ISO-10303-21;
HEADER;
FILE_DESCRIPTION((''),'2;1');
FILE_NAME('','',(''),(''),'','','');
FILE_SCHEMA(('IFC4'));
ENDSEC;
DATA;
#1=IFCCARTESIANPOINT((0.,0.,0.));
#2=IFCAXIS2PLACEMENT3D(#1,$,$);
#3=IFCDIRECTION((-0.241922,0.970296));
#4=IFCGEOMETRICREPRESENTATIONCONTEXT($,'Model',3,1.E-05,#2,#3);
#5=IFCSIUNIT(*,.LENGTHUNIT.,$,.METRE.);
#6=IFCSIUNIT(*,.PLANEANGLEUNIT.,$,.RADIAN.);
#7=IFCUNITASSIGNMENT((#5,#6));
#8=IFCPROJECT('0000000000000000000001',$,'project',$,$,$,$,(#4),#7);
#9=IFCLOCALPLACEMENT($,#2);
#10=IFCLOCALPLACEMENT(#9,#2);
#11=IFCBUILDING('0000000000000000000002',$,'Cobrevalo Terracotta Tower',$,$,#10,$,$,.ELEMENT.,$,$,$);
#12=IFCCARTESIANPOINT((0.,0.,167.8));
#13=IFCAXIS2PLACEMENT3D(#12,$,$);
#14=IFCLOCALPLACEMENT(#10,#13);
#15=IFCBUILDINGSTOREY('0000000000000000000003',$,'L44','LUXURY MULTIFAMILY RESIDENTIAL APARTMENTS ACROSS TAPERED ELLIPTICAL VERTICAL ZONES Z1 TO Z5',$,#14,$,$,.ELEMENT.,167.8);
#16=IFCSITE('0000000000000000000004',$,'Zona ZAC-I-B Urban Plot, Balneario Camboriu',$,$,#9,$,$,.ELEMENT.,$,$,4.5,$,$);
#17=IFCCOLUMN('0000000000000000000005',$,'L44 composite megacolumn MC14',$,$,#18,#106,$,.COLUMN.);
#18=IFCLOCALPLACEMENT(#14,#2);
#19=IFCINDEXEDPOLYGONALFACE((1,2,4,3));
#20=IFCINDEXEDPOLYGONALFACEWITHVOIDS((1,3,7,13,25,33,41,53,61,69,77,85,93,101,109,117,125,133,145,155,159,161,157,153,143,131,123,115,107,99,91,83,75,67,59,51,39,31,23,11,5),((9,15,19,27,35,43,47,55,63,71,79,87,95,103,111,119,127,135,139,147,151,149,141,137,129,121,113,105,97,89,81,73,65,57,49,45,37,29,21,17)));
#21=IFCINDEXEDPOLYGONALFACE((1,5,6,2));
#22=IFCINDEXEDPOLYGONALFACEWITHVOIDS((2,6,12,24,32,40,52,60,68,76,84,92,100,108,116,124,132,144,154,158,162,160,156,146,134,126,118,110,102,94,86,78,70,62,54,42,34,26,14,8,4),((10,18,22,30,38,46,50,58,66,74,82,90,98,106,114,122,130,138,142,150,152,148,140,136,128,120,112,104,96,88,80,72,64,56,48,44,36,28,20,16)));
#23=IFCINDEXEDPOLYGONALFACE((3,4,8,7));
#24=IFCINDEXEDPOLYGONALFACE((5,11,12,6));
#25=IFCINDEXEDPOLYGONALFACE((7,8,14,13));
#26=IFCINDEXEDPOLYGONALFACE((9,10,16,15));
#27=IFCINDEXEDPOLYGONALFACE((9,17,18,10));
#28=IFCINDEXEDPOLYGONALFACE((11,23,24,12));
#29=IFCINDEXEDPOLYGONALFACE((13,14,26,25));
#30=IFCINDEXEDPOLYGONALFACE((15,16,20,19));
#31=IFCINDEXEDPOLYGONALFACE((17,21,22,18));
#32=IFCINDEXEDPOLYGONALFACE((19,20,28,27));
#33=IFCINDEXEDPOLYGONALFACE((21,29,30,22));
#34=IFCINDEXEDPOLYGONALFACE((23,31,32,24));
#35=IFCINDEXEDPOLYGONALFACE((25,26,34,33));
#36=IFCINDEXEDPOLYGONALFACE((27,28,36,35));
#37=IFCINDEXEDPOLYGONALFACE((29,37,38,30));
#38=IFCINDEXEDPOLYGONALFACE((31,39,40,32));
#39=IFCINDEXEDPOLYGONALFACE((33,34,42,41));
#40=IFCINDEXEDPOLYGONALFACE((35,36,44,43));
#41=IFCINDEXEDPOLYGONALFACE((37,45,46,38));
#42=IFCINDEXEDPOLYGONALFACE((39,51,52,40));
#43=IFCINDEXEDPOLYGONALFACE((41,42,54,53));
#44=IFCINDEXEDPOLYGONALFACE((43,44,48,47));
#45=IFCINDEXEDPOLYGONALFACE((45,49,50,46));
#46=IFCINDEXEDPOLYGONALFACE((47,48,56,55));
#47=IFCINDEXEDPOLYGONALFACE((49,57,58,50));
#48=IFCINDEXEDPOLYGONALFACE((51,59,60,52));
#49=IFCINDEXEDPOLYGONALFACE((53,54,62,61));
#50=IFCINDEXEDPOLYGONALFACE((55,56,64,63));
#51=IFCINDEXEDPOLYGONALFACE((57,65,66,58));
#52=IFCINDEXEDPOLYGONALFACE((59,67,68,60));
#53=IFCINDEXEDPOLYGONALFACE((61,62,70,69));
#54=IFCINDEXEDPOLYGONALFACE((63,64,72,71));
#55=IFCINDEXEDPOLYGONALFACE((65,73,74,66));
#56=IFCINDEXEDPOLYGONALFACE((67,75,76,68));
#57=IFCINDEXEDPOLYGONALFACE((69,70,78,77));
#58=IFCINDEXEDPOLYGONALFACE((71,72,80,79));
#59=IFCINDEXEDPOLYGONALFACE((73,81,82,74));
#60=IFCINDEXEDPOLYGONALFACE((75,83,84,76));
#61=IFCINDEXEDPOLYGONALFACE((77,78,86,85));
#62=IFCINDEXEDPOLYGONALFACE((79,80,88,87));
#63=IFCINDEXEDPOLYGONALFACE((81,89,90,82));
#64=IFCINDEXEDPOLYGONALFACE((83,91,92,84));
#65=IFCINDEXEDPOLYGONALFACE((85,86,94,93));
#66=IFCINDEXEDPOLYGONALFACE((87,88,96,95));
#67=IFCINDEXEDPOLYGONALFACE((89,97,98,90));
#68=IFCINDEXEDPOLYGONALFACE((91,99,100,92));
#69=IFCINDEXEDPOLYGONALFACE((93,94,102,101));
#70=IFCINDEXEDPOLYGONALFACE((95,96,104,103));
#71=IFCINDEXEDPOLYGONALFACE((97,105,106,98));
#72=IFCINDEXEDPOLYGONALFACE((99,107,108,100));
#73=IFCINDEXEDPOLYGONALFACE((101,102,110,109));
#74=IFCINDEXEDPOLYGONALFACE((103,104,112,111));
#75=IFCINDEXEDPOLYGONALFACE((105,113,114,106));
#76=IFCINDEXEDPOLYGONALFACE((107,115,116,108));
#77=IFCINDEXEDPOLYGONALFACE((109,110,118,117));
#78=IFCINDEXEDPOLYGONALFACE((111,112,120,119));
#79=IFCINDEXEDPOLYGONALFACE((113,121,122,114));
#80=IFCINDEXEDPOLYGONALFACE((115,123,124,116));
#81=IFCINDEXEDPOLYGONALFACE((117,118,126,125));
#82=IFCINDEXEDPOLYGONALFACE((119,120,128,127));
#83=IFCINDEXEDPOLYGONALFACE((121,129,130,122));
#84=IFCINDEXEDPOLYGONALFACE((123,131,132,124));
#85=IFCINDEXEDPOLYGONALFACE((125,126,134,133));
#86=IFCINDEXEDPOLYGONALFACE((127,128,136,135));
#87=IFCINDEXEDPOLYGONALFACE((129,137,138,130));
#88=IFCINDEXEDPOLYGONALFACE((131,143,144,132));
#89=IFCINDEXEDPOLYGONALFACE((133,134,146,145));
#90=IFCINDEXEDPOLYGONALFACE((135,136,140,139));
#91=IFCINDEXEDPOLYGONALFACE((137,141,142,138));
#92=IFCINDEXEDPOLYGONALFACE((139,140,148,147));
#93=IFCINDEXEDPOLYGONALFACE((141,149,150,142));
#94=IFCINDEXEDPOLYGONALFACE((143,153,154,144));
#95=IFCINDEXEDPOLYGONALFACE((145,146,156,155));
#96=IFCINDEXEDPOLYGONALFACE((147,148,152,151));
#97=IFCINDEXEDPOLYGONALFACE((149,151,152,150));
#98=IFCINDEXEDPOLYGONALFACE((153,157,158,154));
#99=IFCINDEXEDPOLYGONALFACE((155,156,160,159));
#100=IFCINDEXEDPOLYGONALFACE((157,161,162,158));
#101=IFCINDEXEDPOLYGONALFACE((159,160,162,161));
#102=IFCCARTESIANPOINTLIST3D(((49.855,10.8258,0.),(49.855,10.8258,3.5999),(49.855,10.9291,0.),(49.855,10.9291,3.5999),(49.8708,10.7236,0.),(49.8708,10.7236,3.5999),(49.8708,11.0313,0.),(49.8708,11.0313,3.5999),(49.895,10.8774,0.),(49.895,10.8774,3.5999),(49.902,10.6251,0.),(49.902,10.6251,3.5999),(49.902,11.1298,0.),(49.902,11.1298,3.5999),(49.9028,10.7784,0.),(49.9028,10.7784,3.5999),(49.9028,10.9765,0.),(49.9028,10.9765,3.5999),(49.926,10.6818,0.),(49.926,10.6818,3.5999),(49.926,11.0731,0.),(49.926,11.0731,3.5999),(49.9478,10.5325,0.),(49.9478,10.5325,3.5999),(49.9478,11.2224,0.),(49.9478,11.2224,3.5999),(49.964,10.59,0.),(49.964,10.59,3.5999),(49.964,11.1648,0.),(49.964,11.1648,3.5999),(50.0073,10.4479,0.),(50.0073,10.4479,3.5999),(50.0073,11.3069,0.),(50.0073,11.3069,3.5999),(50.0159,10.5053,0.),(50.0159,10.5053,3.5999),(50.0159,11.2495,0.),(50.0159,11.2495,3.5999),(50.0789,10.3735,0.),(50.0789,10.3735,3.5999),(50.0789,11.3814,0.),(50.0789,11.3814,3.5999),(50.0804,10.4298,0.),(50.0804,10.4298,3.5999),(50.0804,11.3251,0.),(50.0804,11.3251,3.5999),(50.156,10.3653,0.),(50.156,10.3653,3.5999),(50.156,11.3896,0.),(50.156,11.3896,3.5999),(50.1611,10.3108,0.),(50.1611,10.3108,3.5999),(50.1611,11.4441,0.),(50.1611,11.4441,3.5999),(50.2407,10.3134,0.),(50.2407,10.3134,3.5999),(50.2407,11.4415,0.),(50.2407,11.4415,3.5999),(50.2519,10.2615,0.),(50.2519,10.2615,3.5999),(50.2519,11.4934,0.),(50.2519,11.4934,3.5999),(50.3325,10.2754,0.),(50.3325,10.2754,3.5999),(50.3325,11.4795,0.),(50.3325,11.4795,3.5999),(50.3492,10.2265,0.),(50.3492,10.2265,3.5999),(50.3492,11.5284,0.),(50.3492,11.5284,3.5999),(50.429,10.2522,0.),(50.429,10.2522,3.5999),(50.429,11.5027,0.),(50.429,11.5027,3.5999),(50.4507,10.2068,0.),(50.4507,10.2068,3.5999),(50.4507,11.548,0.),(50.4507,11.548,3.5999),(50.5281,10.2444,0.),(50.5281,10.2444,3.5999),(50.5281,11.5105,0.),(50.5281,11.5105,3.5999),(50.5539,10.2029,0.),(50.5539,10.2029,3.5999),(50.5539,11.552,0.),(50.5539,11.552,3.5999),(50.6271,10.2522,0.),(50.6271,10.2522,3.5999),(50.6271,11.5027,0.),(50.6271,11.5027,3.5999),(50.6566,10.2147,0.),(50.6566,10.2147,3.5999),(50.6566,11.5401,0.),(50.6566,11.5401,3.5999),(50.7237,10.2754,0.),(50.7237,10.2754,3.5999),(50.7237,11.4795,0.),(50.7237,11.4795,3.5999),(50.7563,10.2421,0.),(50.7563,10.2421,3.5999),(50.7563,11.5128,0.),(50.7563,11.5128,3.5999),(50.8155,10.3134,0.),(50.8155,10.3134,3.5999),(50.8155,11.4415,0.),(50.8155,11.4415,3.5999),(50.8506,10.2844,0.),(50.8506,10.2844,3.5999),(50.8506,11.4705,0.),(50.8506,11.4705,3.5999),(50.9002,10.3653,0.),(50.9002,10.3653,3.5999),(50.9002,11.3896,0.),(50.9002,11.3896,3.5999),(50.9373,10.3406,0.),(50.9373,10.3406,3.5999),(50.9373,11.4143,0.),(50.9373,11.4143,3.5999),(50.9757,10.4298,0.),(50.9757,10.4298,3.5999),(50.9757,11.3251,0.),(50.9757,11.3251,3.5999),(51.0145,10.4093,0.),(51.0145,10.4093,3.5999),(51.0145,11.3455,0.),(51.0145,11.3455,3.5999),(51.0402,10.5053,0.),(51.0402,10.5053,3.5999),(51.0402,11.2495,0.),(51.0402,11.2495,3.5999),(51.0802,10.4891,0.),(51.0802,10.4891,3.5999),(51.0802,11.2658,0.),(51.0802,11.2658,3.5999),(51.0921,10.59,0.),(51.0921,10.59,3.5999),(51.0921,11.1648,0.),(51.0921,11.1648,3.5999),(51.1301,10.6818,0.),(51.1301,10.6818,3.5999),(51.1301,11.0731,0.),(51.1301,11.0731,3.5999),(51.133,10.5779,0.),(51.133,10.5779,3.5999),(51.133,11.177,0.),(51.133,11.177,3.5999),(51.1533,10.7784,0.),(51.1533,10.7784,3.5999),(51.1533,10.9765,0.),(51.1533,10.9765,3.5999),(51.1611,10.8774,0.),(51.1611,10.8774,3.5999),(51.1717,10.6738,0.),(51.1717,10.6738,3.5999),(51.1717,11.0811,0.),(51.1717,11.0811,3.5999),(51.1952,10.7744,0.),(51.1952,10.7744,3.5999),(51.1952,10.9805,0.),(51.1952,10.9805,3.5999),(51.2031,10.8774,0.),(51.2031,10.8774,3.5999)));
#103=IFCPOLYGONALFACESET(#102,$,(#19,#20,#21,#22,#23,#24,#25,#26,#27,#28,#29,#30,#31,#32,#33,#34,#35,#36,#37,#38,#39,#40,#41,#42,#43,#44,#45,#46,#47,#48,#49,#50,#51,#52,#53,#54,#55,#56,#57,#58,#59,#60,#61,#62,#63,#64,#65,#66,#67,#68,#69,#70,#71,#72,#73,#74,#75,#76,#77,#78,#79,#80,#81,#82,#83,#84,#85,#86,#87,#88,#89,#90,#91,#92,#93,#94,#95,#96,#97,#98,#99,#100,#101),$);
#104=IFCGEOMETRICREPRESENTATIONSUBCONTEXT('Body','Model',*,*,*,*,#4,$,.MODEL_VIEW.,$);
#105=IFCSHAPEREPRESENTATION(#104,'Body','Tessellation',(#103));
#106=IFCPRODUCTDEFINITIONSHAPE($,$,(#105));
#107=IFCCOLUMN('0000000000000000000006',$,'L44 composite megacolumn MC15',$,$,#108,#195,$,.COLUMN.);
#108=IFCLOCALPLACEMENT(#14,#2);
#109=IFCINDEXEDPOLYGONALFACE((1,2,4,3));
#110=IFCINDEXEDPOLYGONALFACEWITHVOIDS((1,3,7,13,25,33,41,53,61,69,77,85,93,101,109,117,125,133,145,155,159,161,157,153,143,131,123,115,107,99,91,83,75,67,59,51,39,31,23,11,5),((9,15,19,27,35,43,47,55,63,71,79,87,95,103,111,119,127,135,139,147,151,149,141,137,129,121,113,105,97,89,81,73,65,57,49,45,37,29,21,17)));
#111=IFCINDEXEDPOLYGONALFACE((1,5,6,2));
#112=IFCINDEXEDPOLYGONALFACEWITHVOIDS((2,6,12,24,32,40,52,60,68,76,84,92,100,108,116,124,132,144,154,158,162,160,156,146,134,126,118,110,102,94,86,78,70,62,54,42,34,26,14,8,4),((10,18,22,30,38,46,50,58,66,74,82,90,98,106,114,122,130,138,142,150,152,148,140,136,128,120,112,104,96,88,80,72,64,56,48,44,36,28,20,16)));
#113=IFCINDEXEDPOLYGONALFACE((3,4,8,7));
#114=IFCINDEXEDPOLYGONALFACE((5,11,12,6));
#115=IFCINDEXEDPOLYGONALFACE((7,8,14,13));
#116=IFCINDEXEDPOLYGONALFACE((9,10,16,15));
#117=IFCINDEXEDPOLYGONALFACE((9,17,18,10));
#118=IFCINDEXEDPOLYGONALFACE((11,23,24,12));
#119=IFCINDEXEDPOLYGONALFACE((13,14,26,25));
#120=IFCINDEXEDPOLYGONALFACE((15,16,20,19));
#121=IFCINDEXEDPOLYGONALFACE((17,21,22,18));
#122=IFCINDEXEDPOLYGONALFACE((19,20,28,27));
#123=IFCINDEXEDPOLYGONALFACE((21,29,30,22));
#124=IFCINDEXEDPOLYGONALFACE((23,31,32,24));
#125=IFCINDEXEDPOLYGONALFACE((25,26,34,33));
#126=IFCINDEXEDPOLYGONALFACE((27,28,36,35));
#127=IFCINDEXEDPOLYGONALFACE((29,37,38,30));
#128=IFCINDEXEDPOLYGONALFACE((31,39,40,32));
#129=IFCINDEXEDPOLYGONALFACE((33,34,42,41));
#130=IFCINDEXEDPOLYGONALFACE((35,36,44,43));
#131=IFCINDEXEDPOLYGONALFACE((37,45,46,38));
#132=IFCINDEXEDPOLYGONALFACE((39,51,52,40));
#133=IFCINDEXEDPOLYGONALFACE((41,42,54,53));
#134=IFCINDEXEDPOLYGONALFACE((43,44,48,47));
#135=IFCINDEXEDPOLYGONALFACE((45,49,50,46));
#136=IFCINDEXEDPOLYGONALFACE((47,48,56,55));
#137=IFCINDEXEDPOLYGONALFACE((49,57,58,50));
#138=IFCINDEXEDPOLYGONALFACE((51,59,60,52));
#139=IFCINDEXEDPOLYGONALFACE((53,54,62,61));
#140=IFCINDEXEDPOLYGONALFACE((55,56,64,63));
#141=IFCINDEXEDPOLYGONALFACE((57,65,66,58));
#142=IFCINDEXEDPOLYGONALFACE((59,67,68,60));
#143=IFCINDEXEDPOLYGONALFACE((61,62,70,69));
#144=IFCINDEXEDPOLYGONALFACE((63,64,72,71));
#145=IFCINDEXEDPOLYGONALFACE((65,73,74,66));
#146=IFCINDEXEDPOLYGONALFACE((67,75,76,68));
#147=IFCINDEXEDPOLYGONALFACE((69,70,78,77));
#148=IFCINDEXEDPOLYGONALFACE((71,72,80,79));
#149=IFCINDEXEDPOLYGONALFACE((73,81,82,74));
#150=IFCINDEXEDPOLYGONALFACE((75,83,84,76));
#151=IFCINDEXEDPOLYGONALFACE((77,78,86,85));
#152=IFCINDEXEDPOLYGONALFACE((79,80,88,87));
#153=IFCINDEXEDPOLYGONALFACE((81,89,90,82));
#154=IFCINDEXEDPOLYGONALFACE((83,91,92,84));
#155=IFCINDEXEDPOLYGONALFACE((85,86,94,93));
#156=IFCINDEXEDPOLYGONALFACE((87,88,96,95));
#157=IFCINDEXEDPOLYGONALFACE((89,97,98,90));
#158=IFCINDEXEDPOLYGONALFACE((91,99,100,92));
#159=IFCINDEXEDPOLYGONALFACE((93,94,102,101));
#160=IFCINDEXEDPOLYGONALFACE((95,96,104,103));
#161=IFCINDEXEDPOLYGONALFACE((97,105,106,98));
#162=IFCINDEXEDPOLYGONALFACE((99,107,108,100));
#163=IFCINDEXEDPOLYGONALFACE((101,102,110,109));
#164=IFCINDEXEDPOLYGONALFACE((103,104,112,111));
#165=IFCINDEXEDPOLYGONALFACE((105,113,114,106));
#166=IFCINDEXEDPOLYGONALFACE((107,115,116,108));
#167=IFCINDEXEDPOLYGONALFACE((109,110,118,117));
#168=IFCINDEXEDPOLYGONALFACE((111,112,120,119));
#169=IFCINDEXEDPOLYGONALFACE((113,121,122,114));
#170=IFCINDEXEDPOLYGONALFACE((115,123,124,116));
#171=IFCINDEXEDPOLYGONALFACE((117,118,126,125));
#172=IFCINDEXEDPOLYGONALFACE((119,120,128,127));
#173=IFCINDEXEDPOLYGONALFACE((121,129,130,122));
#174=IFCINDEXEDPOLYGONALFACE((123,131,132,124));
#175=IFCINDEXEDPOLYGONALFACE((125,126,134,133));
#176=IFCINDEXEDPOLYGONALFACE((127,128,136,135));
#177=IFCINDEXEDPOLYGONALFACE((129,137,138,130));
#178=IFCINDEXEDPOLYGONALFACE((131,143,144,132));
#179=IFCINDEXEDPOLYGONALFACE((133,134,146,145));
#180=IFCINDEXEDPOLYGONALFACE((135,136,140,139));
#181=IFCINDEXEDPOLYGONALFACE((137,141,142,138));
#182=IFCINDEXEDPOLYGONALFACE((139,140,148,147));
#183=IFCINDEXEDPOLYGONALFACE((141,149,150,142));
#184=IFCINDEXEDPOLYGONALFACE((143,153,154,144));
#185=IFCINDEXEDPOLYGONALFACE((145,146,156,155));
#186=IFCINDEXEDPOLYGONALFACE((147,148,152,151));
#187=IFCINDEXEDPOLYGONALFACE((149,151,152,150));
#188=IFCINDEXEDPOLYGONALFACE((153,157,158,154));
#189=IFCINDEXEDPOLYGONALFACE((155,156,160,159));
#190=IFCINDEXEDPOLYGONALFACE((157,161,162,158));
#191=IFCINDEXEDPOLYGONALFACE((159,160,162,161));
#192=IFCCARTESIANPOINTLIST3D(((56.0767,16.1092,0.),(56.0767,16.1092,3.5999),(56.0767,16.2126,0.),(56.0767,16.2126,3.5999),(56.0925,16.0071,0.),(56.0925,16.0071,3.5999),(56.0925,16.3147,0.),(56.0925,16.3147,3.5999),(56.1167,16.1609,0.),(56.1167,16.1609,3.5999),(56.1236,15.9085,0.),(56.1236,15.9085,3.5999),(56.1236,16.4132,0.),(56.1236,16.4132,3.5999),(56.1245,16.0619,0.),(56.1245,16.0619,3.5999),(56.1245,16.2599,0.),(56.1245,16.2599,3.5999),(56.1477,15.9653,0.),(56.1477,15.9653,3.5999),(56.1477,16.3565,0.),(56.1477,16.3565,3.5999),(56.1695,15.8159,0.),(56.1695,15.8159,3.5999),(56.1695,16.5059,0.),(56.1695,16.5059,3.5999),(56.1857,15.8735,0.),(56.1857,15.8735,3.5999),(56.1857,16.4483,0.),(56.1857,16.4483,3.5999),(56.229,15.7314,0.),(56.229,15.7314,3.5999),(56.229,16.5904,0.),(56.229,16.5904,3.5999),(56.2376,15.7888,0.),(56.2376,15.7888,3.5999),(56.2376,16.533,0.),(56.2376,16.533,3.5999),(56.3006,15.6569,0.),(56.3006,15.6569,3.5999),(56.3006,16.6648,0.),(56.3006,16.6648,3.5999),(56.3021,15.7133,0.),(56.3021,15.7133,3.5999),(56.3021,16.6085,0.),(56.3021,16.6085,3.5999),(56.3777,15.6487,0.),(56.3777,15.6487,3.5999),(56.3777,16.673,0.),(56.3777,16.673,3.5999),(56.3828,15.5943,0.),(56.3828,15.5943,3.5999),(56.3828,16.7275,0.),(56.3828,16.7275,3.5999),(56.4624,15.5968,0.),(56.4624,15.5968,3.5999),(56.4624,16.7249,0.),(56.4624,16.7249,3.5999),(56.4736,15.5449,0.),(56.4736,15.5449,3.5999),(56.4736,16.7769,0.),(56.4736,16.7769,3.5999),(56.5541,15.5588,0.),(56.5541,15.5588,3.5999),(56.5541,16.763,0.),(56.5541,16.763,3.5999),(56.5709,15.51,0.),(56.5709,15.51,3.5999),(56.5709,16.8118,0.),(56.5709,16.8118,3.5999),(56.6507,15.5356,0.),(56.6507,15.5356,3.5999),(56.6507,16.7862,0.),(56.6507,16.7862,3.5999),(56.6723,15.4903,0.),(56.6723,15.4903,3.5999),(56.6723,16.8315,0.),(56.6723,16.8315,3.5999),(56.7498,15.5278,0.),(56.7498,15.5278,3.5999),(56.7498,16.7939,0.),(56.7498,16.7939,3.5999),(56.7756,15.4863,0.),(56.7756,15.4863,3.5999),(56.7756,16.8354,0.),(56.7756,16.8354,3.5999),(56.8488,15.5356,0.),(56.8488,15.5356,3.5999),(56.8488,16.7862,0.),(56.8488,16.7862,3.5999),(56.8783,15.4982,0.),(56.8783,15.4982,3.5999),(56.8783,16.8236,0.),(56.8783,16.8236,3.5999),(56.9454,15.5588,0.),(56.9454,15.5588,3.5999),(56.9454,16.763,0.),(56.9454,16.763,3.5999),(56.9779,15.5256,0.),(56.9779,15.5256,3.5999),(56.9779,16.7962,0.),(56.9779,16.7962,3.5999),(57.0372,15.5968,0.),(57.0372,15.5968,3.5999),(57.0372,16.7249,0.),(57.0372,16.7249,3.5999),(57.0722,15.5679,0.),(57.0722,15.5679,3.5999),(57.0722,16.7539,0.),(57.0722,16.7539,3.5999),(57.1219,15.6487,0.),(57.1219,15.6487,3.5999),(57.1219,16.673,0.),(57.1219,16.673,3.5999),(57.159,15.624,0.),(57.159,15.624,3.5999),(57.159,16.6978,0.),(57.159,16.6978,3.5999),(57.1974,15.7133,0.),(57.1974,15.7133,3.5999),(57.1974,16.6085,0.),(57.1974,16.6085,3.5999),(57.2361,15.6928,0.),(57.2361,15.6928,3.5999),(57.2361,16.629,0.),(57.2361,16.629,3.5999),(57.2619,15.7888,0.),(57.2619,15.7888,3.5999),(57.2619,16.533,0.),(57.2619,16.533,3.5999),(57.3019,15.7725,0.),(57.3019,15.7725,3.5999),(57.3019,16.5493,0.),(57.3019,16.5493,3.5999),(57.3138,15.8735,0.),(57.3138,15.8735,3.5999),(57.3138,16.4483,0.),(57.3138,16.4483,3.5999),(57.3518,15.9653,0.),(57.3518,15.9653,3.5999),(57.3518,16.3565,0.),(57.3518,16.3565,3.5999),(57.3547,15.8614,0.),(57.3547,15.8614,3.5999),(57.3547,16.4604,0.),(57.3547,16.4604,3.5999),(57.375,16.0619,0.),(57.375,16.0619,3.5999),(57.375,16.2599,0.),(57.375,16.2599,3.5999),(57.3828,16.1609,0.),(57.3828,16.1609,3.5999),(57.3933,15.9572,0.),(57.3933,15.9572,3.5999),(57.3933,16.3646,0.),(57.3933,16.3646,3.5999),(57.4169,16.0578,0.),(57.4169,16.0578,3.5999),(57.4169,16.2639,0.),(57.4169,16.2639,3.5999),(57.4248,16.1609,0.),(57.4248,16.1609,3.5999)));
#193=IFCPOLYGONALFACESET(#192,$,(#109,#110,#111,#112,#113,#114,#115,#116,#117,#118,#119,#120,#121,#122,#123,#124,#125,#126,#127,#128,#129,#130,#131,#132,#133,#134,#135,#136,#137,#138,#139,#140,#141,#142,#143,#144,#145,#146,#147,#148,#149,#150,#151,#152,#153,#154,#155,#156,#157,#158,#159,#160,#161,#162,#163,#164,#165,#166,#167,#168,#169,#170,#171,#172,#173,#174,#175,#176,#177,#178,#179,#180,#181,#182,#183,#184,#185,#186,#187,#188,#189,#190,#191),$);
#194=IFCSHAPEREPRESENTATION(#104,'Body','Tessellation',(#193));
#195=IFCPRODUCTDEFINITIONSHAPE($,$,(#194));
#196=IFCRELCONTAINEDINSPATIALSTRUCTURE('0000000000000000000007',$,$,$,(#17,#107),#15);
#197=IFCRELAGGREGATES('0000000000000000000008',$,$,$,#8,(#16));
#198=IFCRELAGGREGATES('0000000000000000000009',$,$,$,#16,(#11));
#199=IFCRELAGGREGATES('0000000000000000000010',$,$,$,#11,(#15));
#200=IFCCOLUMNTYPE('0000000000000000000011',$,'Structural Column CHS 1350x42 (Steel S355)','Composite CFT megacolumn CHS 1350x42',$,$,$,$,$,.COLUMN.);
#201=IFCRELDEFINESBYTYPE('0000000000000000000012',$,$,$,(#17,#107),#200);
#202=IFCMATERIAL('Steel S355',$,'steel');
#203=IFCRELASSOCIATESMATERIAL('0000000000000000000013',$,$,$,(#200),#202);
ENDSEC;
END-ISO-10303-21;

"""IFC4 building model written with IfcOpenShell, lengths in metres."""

from ifc_helpers import new_model, si_unit, direction, frame, origin, origin_2d, place, context, subcontext, project, spatial, hollow_circle, extrude, material, material_profile, profile_set, type_object, element, save


model = new_model("IFC4")

# Units and contexts
model_context = context("Model", 3, precision=1e-05, world=origin(), true_north=direction((-0.241922, 0.970296)))
body_context = subcontext(model_context, "Body", "Model", "MODEL_VIEW")
ifc_project = project(units=[si_unit("LENGTHUNIT", "METRE"), si_unit("PLANEANGLEUNIT", "RADIAN")], contexts=[model_context])

# Site, building, storey
site_placement = place(None, origin())
site = spatial("IfcSite", under=ifc_project, at=site_placement, Name="Zona ZAC-I-B Urban Plot, Balneario Camboriu", CompositionType="ELEMENT", RefElevation=4.5)
building_placement = place(site_placement, origin())
building = spatial("IfcBuilding", under=site, at=building_placement, Name="Cobrevalo Terracotta Tower", CompositionType="ELEMENT")
storey_placement = place(building_placement, frame((0.0, 0.0, 167.8)))
storey = spatial("IfcBuildingStorey", under=building, at=storey_placement, Name="L44", Description="LUXURY MULTIFAMILY RESIDENTIAL APARTMENTS ACROSS TAPERED ELLIPTICAL VERTICAL ZONES Z1 TO Z5", CompositionType="ELEMENT", Elevation=167.8)

# Columns
ifc_material_1 = material(Name="Steel S355", Category="steel")
ifc_material_profile_1 = material_profile(ifc_material_1, hollow_circle(Radius=0.675, WallThickness=0.042, at=origin_2d()), Name="CHS 1350x42")
ifc_profile_set_1 = profile_set([ifc_material_profile_1], Name="Steel S355")
column_type = type_object("IfcColumnType", Name="Structural Column CHS 1350x42 (Steel S355)", Description="Composite CFT megacolumn CHS 1350x42", PredefinedType="COLUMN", material=ifc_profile_set_1)
for number, where, z_axis, x_axis, name in (
    (1, (50.5281, 10.8774, 0.0), (0.0, 0.0, 1.0), (1.0, 0.0, 0.0), "L44 composite megacolumn MC14"),
    (2, (56.7498, 16.1609, 0.0), (0.0, 0.0, 1.0), (1.0, 0.0, 0.0), "L44 composite megacolumn MC15"),
):
    element("IfcColumn", number, at=place(storey_placement, frame(where, z_axis=z_axis, x_axis=x_axis)), inside=storey, type_object=column_type, Name=name, PredefinedType="COLUMN", context=body_context, shape_type="SweptSolid", body=[
        extrude(hollow_circle(Radius=0.675, WallThickness=0.042, at=origin_2d()), origin(), (0.0, 0.0, 1.0), 3.5999),
    ])

save(model, "model.ifc")
